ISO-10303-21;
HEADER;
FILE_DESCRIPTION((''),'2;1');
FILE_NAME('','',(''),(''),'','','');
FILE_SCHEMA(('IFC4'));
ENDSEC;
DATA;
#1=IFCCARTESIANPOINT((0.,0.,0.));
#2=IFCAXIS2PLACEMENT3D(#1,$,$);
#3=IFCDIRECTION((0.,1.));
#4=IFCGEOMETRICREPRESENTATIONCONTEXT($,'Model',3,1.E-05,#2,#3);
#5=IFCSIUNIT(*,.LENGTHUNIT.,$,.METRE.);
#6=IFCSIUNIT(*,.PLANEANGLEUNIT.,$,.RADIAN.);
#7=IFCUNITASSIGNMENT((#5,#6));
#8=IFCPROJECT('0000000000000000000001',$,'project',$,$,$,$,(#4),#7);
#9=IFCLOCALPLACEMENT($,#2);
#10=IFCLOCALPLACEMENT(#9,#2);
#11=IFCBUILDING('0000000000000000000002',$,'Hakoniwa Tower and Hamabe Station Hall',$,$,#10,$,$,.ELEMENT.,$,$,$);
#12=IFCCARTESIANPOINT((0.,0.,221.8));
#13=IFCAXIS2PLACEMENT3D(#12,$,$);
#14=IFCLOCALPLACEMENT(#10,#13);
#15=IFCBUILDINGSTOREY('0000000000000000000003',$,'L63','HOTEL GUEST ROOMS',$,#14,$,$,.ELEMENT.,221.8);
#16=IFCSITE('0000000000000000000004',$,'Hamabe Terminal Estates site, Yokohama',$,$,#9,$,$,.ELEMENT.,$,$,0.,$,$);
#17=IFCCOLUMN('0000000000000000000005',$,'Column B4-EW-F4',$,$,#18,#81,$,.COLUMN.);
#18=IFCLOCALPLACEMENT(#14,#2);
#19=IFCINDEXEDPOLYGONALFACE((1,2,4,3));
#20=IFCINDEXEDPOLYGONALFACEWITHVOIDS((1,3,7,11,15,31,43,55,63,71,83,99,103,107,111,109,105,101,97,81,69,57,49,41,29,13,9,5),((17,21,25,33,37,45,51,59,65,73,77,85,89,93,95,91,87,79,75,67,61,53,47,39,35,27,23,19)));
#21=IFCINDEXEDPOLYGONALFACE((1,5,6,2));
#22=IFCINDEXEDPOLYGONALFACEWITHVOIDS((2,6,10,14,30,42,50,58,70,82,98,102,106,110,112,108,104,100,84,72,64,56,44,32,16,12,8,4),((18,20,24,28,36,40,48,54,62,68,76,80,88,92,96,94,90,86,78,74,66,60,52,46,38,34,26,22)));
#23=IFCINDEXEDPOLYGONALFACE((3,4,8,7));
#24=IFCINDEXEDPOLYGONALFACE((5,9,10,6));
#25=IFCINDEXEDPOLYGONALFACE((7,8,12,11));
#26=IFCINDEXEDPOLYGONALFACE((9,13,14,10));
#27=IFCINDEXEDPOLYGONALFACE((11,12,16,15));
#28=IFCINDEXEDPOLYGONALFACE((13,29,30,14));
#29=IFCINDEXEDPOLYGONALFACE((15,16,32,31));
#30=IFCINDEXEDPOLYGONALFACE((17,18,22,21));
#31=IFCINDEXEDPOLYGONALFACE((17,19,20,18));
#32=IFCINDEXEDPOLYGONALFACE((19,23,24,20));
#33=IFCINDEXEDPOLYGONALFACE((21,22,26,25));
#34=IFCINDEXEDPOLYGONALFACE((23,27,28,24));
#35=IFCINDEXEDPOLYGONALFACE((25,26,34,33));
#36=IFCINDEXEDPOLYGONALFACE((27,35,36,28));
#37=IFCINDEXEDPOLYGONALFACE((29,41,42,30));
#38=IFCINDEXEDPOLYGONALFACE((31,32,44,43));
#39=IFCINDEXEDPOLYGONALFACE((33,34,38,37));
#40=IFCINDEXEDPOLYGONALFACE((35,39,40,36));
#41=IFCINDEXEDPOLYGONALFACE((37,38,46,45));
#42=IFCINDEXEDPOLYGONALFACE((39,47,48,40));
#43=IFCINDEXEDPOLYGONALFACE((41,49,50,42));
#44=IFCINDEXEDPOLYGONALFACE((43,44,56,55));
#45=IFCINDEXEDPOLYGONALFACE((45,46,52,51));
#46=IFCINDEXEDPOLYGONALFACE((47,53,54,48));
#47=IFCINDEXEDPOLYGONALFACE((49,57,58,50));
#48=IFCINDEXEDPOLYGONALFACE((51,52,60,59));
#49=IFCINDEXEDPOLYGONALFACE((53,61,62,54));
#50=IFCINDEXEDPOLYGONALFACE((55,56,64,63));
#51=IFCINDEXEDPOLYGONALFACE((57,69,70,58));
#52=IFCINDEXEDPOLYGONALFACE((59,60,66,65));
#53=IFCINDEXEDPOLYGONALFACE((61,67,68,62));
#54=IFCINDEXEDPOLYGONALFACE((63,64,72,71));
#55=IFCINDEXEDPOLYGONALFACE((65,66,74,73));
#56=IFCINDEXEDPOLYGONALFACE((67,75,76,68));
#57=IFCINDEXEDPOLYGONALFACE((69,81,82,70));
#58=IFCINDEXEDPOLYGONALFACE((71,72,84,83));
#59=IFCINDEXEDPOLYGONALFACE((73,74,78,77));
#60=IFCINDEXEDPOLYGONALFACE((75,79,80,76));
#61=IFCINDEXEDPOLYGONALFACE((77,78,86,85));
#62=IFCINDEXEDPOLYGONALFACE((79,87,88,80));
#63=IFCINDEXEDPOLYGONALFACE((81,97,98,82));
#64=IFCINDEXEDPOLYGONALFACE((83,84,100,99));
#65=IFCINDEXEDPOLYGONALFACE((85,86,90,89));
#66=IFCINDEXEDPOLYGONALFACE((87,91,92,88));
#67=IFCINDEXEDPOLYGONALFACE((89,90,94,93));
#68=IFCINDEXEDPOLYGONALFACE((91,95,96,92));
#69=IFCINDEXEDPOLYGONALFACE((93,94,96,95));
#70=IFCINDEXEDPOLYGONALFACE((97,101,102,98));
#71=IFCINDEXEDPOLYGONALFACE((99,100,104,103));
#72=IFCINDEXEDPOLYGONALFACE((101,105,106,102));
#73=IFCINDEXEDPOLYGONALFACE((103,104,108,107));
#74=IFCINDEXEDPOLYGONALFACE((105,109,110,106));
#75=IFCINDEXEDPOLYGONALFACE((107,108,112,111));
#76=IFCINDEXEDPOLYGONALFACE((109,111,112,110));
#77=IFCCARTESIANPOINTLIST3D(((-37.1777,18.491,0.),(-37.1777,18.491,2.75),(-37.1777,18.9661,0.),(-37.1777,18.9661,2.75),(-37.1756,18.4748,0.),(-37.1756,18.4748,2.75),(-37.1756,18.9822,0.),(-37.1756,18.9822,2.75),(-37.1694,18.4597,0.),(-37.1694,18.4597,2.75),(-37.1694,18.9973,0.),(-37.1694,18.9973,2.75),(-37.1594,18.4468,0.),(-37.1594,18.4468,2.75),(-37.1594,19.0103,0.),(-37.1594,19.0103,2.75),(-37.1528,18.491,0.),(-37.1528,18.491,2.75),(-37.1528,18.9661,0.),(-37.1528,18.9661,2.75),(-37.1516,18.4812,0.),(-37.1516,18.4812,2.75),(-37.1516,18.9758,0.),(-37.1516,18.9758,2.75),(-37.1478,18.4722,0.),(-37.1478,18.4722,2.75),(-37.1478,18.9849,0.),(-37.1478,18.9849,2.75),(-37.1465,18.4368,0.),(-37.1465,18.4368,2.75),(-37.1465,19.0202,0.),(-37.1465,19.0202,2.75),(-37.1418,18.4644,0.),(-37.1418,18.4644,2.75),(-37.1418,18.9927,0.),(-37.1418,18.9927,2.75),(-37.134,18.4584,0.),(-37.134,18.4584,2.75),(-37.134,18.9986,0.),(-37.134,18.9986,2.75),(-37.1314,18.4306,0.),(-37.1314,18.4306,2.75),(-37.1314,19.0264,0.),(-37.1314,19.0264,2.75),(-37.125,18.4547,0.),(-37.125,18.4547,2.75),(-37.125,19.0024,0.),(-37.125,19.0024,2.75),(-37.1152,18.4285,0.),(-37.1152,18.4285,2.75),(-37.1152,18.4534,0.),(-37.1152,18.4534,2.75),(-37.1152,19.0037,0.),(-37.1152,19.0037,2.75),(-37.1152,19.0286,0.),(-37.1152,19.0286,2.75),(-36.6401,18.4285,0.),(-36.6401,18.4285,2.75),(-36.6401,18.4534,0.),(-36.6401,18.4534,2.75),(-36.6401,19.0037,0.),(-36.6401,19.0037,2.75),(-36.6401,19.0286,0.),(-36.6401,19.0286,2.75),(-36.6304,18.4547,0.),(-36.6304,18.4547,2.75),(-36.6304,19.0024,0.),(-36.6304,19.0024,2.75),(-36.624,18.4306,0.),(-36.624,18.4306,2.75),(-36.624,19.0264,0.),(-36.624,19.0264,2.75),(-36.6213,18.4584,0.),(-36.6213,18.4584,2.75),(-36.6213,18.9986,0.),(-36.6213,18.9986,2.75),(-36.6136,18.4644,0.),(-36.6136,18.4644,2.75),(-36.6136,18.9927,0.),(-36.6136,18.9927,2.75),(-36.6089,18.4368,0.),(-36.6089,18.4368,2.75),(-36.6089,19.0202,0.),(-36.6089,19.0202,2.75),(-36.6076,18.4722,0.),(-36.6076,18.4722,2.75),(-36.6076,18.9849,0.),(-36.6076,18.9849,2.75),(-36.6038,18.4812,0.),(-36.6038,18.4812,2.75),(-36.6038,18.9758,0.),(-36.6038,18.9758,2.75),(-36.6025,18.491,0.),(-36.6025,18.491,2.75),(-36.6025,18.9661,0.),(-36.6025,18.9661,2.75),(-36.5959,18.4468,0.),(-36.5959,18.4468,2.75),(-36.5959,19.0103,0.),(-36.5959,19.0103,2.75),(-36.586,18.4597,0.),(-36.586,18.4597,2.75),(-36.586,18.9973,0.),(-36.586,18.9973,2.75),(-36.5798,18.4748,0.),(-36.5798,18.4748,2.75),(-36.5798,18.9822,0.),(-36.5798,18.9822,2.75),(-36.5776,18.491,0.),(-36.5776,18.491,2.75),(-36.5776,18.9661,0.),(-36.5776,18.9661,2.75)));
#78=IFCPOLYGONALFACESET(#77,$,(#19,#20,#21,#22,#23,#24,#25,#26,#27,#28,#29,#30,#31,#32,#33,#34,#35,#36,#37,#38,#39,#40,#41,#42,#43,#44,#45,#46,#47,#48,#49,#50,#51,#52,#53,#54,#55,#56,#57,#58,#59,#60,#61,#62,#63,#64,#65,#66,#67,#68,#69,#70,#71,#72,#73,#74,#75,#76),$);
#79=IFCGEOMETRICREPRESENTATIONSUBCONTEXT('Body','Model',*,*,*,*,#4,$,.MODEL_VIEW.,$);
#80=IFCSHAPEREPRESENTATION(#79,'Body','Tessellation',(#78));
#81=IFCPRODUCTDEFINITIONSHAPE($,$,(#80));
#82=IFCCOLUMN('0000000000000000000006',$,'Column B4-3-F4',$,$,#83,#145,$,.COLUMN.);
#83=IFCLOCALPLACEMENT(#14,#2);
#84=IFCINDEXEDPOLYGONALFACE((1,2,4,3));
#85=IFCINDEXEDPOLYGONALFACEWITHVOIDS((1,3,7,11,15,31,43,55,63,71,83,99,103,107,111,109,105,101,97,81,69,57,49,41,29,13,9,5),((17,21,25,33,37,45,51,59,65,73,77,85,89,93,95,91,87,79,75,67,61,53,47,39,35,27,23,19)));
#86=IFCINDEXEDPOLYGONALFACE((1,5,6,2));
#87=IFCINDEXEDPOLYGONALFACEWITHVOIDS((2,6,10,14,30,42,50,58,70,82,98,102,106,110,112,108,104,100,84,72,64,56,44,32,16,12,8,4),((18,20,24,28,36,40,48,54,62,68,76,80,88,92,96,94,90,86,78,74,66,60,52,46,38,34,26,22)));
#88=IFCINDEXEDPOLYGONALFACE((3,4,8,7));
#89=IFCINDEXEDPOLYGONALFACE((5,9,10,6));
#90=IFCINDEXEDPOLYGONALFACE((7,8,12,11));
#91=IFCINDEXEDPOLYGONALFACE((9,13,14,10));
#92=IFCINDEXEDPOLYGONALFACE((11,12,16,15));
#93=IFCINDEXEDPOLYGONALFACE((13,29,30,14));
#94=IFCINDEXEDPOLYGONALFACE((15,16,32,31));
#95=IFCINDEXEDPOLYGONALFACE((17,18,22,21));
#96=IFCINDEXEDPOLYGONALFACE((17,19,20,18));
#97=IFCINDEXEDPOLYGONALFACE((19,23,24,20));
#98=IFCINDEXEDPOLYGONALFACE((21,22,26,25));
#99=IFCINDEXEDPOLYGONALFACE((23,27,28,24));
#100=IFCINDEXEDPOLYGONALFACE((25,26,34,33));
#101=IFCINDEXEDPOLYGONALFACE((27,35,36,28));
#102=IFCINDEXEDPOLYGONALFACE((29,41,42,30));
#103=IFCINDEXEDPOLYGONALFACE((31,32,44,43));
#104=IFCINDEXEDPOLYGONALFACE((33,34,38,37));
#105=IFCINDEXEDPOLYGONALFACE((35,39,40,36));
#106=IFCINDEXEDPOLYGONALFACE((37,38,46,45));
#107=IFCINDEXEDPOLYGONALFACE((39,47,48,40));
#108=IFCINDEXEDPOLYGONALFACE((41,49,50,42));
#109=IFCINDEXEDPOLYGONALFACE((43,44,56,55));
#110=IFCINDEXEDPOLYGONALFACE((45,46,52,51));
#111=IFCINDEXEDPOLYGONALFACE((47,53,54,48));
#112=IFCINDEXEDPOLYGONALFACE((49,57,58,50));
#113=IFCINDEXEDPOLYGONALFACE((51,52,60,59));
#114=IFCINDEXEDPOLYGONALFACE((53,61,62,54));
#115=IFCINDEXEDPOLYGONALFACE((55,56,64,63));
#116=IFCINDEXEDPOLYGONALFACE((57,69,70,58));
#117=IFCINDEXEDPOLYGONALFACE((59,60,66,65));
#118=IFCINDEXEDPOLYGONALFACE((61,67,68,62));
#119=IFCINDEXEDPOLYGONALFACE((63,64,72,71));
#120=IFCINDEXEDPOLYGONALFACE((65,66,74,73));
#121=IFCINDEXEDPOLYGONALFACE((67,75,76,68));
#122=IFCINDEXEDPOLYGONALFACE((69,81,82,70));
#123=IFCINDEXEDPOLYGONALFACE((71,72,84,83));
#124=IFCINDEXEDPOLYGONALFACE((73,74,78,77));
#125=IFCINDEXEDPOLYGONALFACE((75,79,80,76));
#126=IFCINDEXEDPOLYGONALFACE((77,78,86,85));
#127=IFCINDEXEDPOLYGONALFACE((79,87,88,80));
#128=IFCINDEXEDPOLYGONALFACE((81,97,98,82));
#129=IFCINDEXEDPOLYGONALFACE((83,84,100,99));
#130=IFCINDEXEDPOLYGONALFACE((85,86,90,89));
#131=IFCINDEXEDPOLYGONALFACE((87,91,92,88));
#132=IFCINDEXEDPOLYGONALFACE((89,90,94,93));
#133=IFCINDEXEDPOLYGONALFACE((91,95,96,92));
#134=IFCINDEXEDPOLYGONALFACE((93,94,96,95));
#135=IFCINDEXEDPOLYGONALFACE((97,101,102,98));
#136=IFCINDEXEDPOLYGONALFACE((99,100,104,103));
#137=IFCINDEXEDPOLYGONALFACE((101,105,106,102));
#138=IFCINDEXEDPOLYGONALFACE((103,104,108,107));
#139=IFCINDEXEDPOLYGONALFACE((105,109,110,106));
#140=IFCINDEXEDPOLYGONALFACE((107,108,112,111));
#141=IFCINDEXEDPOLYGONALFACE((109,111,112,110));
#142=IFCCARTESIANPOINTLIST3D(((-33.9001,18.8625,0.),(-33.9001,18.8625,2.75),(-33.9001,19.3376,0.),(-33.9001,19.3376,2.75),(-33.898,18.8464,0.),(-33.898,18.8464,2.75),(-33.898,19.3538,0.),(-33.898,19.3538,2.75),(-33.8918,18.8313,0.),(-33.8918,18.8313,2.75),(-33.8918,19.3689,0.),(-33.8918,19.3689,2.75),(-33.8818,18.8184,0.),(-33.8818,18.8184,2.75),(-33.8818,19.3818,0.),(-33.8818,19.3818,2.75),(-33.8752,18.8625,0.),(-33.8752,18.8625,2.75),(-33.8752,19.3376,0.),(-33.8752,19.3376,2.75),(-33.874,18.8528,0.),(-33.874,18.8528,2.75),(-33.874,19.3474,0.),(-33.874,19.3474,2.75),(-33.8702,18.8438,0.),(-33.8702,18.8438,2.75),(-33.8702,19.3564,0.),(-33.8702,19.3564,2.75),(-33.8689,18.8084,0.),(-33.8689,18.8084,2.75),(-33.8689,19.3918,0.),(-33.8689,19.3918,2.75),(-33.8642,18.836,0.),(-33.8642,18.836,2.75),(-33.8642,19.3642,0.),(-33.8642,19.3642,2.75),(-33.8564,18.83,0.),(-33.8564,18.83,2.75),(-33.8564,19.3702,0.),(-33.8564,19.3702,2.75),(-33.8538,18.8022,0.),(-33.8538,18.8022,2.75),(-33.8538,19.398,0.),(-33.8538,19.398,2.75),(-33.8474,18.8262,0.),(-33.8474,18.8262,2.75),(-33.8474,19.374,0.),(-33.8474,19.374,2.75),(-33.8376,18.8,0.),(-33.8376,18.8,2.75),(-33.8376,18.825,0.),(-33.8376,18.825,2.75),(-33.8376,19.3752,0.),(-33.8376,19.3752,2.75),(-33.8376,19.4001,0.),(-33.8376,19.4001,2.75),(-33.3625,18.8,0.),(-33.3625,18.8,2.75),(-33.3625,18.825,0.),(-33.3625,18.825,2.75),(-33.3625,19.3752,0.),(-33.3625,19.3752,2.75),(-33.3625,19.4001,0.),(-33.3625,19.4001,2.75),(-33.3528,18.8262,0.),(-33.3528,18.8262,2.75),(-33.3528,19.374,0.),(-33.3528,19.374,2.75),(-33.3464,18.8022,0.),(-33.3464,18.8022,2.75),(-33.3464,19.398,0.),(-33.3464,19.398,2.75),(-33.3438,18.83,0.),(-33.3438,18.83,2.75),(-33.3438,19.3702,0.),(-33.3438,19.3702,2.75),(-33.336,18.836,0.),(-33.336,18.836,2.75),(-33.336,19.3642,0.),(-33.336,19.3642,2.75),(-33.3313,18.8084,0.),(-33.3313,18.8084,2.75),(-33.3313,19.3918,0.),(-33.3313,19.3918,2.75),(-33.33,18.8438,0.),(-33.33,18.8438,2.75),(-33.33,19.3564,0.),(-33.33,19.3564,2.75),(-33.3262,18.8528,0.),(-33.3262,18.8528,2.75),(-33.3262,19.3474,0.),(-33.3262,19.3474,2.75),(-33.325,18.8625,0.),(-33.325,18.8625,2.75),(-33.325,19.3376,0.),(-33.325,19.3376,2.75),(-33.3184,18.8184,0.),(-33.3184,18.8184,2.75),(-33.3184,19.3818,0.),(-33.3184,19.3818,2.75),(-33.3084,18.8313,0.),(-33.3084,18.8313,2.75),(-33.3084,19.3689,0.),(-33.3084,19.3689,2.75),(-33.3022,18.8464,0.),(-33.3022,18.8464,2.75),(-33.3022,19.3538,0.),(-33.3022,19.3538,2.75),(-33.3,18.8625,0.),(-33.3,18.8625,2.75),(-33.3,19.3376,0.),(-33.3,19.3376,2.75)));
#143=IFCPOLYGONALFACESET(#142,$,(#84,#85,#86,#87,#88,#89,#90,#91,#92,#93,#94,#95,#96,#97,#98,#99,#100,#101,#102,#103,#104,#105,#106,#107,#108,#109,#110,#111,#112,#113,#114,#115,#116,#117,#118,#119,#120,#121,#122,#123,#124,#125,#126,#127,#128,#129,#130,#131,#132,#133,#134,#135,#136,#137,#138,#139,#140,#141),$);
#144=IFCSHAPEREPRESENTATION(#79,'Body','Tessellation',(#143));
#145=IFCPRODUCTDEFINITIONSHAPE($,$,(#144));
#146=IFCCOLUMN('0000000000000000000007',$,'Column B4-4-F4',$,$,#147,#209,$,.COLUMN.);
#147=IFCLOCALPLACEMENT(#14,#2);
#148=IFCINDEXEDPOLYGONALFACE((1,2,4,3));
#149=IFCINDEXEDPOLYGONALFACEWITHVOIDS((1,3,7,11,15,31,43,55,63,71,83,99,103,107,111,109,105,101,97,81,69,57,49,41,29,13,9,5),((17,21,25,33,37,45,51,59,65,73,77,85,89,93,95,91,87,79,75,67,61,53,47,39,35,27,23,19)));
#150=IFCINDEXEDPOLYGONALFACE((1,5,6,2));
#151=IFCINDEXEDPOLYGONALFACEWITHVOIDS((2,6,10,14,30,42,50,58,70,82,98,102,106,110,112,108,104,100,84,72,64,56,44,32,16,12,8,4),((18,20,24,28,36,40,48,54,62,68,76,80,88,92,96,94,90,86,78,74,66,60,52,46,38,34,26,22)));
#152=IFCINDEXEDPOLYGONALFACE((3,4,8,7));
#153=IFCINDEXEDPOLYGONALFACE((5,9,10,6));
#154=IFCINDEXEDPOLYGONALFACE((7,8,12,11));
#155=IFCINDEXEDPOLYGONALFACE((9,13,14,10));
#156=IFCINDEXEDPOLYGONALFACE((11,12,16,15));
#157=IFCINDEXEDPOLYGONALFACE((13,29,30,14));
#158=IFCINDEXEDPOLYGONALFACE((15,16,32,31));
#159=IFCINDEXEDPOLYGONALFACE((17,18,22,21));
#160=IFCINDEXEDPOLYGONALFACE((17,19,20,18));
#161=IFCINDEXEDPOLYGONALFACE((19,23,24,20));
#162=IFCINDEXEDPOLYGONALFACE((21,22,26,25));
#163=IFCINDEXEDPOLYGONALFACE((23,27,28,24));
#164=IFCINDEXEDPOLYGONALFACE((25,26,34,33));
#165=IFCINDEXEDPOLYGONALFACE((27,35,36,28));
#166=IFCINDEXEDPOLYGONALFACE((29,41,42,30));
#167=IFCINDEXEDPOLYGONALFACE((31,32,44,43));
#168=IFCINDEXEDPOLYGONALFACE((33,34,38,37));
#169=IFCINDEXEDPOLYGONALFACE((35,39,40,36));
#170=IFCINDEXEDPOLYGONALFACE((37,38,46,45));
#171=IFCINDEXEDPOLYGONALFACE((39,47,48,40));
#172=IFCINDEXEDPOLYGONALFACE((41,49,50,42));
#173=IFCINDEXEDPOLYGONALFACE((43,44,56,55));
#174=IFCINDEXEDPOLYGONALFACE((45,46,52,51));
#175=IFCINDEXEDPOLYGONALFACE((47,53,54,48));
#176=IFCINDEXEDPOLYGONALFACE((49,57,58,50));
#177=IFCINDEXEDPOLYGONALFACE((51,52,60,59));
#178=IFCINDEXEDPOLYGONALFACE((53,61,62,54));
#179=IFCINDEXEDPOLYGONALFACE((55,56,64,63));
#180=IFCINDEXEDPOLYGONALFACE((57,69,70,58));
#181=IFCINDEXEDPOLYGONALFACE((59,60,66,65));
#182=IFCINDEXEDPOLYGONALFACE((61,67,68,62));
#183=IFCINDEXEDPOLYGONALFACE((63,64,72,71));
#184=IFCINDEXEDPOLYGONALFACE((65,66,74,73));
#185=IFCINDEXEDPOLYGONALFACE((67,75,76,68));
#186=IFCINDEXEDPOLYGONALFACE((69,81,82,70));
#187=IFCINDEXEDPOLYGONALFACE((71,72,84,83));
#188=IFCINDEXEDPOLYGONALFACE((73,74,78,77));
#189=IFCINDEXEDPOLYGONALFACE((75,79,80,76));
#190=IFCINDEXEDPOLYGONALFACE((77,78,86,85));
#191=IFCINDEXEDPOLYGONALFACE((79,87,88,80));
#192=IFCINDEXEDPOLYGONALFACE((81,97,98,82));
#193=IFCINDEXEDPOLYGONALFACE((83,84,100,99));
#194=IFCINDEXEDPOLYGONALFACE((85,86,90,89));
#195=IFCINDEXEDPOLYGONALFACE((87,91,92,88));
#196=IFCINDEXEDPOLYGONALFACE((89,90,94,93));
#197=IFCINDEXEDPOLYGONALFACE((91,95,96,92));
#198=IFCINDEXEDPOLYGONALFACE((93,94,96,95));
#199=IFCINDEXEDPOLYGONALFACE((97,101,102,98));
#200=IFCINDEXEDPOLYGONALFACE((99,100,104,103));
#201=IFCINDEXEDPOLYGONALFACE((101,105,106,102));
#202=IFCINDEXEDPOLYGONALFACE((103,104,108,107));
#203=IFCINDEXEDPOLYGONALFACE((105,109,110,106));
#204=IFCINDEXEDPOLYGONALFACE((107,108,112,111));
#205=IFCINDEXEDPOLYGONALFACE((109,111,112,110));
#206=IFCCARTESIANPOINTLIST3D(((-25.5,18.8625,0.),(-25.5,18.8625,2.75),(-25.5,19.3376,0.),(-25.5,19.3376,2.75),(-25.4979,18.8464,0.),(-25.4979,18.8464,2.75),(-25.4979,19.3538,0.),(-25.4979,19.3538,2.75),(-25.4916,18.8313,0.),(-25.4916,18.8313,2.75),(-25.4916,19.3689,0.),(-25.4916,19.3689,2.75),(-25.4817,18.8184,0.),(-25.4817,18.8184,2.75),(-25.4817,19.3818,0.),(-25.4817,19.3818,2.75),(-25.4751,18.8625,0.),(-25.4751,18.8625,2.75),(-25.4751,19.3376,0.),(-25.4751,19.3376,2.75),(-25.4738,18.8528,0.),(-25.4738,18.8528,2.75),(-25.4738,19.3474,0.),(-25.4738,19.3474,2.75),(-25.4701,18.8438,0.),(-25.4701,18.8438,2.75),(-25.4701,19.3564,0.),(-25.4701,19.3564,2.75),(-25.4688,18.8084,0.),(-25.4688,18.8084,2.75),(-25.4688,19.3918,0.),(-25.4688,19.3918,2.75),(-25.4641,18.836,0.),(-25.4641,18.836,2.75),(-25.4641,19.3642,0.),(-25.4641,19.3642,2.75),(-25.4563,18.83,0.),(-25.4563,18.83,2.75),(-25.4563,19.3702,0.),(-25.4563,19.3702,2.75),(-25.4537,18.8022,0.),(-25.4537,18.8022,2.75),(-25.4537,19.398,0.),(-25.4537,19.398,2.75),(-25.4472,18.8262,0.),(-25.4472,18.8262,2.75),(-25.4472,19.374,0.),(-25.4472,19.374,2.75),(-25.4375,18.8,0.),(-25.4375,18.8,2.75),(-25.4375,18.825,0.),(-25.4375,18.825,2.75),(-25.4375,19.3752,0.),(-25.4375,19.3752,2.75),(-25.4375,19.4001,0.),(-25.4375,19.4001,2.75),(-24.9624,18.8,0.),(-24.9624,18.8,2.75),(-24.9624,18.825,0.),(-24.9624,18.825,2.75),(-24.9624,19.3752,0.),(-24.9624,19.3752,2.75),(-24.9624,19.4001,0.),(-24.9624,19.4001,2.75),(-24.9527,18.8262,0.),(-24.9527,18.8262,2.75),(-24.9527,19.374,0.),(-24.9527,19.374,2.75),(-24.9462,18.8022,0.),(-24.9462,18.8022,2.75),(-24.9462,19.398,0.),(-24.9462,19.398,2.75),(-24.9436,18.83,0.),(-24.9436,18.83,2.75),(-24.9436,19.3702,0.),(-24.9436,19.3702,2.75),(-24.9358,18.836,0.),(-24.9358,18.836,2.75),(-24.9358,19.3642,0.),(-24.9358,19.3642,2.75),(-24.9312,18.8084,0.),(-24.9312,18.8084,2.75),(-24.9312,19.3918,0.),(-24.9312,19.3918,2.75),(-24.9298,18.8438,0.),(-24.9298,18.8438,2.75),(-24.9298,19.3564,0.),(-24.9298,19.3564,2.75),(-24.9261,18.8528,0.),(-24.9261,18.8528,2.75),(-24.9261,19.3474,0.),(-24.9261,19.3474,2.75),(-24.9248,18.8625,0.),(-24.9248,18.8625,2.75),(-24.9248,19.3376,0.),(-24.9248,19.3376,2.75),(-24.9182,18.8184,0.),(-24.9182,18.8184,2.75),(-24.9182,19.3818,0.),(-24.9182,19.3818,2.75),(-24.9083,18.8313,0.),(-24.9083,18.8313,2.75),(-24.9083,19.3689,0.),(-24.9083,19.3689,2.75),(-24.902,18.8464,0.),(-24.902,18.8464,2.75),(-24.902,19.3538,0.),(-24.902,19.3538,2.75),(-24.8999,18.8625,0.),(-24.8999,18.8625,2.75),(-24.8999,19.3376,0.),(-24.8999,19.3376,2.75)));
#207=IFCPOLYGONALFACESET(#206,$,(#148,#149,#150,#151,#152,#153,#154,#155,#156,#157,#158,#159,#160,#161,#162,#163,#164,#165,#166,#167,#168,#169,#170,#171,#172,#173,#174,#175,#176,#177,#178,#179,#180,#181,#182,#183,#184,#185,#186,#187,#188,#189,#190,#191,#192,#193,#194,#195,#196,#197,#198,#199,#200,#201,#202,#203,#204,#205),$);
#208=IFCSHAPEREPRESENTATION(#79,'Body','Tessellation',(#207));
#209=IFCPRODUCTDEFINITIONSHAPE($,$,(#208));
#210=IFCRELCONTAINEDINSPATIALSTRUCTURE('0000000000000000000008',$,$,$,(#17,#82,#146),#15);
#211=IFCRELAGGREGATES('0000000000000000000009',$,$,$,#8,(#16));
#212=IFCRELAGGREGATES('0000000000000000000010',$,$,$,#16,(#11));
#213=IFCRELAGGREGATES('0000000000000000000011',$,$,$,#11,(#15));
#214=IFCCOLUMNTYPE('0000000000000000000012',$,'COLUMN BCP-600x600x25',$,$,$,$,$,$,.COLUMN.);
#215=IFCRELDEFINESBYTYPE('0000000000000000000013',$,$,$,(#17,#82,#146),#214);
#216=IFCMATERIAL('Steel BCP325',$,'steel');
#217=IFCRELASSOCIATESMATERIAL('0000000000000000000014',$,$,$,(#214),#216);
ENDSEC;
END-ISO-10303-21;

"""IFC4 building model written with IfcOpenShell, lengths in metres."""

from ifc_helpers import new_model, si_unit, direction, frame, origin, origin_2d, place, context, subcontext, project, spatial, hollow_rectangle, extrude, material, material_profile, profile_set, type_object, element, save


model = new_model("IFC4")

# Units and contexts
model_context = context("Model", 3, precision=1e-05, world=origin(), true_north=direction((0.0, 1.0)))
body_context = subcontext(model_context, "Body", "Model", "MODEL_VIEW")
ifc_project = project(units=[si_unit("LENGTHUNIT", "METRE"), si_unit("PLANEANGLEUNIT", "RADIAN")], contexts=[model_context])

# Site, building, storey
site_placement = place(None, origin())
site = spatial("IfcSite", under=ifc_project, at=site_placement, Name="Hamabe Terminal Estates site, Yokohama", CompositionType="ELEMENT", RefElevation=0.0)
building_placement = place(site_placement, origin())
building = spatial("IfcBuilding", under=site, at=building_placement, Name="Hakoniwa Tower and Hamabe Station Hall", CompositionType="ELEMENT")
storey_placement = place(building_placement, frame((0.0, 0.0, 221.8)))
storey = spatial("IfcBuildingStorey", under=building, at=storey_placement, Name="L63", Description="HOTEL GUEST ROOMS", CompositionType="ELEMENT", Elevation=221.8)

# Columns
ifc_material_1 = material(Name="Steel BCP325", Category="steel")
ifc_material_profile_1 = material_profile(ifc_material_1, hollow_rectangle(XDim=0.6001, YDim=0.6001, WallThickness=0.0249, InnerFilletRadius=0.0376, OuterFilletRadius=0.0625, at=origin_2d()), Name="BCP-600x600x25")
ifc_profile_set_1 = profile_set([ifc_material_profile_1], Name="Steel BCP325")
column_type = type_object("IfcColumnType", Name="COLUMN BCP-600x600x25", PredefinedType="COLUMN", material=ifc_profile_set_1)
for number, where, z_axis, x_axis, name in (
    (1, (-36.8777, 18.7285, 0.0), (0.0, 0.0, 1.0), (1.0, 0.0, 0.0), "Column B4-EW-F4"),
    (2, (-33.6001, 19.1001, 0.0), (0.0, 0.0, 1.0), (1.0, 0.0, 0.0), "Column B4-3-F4"),
    (3, (-25.2, 19.1001, 0.0), (0.0, 0.0, 1.0), (1.0, 0.0, 0.0), "Column B4-4-F4"),
):
    element("IfcColumn", number, at=place(storey_placement, frame(where, z_axis=z_axis, x_axis=x_axis)), inside=storey, type_object=column_type, Name=name, PredefinedType="COLUMN", context=body_context, shape_type="SweptSolid", body=[
        extrude(hollow_rectangle(XDim=0.6001, YDim=0.6001, WallThickness=0.0249, InnerFilletRadius=0.0376, OuterFilletRadius=0.0625, at=origin_2d()), origin(), (0.0, 0.0, 1.0), 2.75),
    ])

save(model, "model.ifc")
